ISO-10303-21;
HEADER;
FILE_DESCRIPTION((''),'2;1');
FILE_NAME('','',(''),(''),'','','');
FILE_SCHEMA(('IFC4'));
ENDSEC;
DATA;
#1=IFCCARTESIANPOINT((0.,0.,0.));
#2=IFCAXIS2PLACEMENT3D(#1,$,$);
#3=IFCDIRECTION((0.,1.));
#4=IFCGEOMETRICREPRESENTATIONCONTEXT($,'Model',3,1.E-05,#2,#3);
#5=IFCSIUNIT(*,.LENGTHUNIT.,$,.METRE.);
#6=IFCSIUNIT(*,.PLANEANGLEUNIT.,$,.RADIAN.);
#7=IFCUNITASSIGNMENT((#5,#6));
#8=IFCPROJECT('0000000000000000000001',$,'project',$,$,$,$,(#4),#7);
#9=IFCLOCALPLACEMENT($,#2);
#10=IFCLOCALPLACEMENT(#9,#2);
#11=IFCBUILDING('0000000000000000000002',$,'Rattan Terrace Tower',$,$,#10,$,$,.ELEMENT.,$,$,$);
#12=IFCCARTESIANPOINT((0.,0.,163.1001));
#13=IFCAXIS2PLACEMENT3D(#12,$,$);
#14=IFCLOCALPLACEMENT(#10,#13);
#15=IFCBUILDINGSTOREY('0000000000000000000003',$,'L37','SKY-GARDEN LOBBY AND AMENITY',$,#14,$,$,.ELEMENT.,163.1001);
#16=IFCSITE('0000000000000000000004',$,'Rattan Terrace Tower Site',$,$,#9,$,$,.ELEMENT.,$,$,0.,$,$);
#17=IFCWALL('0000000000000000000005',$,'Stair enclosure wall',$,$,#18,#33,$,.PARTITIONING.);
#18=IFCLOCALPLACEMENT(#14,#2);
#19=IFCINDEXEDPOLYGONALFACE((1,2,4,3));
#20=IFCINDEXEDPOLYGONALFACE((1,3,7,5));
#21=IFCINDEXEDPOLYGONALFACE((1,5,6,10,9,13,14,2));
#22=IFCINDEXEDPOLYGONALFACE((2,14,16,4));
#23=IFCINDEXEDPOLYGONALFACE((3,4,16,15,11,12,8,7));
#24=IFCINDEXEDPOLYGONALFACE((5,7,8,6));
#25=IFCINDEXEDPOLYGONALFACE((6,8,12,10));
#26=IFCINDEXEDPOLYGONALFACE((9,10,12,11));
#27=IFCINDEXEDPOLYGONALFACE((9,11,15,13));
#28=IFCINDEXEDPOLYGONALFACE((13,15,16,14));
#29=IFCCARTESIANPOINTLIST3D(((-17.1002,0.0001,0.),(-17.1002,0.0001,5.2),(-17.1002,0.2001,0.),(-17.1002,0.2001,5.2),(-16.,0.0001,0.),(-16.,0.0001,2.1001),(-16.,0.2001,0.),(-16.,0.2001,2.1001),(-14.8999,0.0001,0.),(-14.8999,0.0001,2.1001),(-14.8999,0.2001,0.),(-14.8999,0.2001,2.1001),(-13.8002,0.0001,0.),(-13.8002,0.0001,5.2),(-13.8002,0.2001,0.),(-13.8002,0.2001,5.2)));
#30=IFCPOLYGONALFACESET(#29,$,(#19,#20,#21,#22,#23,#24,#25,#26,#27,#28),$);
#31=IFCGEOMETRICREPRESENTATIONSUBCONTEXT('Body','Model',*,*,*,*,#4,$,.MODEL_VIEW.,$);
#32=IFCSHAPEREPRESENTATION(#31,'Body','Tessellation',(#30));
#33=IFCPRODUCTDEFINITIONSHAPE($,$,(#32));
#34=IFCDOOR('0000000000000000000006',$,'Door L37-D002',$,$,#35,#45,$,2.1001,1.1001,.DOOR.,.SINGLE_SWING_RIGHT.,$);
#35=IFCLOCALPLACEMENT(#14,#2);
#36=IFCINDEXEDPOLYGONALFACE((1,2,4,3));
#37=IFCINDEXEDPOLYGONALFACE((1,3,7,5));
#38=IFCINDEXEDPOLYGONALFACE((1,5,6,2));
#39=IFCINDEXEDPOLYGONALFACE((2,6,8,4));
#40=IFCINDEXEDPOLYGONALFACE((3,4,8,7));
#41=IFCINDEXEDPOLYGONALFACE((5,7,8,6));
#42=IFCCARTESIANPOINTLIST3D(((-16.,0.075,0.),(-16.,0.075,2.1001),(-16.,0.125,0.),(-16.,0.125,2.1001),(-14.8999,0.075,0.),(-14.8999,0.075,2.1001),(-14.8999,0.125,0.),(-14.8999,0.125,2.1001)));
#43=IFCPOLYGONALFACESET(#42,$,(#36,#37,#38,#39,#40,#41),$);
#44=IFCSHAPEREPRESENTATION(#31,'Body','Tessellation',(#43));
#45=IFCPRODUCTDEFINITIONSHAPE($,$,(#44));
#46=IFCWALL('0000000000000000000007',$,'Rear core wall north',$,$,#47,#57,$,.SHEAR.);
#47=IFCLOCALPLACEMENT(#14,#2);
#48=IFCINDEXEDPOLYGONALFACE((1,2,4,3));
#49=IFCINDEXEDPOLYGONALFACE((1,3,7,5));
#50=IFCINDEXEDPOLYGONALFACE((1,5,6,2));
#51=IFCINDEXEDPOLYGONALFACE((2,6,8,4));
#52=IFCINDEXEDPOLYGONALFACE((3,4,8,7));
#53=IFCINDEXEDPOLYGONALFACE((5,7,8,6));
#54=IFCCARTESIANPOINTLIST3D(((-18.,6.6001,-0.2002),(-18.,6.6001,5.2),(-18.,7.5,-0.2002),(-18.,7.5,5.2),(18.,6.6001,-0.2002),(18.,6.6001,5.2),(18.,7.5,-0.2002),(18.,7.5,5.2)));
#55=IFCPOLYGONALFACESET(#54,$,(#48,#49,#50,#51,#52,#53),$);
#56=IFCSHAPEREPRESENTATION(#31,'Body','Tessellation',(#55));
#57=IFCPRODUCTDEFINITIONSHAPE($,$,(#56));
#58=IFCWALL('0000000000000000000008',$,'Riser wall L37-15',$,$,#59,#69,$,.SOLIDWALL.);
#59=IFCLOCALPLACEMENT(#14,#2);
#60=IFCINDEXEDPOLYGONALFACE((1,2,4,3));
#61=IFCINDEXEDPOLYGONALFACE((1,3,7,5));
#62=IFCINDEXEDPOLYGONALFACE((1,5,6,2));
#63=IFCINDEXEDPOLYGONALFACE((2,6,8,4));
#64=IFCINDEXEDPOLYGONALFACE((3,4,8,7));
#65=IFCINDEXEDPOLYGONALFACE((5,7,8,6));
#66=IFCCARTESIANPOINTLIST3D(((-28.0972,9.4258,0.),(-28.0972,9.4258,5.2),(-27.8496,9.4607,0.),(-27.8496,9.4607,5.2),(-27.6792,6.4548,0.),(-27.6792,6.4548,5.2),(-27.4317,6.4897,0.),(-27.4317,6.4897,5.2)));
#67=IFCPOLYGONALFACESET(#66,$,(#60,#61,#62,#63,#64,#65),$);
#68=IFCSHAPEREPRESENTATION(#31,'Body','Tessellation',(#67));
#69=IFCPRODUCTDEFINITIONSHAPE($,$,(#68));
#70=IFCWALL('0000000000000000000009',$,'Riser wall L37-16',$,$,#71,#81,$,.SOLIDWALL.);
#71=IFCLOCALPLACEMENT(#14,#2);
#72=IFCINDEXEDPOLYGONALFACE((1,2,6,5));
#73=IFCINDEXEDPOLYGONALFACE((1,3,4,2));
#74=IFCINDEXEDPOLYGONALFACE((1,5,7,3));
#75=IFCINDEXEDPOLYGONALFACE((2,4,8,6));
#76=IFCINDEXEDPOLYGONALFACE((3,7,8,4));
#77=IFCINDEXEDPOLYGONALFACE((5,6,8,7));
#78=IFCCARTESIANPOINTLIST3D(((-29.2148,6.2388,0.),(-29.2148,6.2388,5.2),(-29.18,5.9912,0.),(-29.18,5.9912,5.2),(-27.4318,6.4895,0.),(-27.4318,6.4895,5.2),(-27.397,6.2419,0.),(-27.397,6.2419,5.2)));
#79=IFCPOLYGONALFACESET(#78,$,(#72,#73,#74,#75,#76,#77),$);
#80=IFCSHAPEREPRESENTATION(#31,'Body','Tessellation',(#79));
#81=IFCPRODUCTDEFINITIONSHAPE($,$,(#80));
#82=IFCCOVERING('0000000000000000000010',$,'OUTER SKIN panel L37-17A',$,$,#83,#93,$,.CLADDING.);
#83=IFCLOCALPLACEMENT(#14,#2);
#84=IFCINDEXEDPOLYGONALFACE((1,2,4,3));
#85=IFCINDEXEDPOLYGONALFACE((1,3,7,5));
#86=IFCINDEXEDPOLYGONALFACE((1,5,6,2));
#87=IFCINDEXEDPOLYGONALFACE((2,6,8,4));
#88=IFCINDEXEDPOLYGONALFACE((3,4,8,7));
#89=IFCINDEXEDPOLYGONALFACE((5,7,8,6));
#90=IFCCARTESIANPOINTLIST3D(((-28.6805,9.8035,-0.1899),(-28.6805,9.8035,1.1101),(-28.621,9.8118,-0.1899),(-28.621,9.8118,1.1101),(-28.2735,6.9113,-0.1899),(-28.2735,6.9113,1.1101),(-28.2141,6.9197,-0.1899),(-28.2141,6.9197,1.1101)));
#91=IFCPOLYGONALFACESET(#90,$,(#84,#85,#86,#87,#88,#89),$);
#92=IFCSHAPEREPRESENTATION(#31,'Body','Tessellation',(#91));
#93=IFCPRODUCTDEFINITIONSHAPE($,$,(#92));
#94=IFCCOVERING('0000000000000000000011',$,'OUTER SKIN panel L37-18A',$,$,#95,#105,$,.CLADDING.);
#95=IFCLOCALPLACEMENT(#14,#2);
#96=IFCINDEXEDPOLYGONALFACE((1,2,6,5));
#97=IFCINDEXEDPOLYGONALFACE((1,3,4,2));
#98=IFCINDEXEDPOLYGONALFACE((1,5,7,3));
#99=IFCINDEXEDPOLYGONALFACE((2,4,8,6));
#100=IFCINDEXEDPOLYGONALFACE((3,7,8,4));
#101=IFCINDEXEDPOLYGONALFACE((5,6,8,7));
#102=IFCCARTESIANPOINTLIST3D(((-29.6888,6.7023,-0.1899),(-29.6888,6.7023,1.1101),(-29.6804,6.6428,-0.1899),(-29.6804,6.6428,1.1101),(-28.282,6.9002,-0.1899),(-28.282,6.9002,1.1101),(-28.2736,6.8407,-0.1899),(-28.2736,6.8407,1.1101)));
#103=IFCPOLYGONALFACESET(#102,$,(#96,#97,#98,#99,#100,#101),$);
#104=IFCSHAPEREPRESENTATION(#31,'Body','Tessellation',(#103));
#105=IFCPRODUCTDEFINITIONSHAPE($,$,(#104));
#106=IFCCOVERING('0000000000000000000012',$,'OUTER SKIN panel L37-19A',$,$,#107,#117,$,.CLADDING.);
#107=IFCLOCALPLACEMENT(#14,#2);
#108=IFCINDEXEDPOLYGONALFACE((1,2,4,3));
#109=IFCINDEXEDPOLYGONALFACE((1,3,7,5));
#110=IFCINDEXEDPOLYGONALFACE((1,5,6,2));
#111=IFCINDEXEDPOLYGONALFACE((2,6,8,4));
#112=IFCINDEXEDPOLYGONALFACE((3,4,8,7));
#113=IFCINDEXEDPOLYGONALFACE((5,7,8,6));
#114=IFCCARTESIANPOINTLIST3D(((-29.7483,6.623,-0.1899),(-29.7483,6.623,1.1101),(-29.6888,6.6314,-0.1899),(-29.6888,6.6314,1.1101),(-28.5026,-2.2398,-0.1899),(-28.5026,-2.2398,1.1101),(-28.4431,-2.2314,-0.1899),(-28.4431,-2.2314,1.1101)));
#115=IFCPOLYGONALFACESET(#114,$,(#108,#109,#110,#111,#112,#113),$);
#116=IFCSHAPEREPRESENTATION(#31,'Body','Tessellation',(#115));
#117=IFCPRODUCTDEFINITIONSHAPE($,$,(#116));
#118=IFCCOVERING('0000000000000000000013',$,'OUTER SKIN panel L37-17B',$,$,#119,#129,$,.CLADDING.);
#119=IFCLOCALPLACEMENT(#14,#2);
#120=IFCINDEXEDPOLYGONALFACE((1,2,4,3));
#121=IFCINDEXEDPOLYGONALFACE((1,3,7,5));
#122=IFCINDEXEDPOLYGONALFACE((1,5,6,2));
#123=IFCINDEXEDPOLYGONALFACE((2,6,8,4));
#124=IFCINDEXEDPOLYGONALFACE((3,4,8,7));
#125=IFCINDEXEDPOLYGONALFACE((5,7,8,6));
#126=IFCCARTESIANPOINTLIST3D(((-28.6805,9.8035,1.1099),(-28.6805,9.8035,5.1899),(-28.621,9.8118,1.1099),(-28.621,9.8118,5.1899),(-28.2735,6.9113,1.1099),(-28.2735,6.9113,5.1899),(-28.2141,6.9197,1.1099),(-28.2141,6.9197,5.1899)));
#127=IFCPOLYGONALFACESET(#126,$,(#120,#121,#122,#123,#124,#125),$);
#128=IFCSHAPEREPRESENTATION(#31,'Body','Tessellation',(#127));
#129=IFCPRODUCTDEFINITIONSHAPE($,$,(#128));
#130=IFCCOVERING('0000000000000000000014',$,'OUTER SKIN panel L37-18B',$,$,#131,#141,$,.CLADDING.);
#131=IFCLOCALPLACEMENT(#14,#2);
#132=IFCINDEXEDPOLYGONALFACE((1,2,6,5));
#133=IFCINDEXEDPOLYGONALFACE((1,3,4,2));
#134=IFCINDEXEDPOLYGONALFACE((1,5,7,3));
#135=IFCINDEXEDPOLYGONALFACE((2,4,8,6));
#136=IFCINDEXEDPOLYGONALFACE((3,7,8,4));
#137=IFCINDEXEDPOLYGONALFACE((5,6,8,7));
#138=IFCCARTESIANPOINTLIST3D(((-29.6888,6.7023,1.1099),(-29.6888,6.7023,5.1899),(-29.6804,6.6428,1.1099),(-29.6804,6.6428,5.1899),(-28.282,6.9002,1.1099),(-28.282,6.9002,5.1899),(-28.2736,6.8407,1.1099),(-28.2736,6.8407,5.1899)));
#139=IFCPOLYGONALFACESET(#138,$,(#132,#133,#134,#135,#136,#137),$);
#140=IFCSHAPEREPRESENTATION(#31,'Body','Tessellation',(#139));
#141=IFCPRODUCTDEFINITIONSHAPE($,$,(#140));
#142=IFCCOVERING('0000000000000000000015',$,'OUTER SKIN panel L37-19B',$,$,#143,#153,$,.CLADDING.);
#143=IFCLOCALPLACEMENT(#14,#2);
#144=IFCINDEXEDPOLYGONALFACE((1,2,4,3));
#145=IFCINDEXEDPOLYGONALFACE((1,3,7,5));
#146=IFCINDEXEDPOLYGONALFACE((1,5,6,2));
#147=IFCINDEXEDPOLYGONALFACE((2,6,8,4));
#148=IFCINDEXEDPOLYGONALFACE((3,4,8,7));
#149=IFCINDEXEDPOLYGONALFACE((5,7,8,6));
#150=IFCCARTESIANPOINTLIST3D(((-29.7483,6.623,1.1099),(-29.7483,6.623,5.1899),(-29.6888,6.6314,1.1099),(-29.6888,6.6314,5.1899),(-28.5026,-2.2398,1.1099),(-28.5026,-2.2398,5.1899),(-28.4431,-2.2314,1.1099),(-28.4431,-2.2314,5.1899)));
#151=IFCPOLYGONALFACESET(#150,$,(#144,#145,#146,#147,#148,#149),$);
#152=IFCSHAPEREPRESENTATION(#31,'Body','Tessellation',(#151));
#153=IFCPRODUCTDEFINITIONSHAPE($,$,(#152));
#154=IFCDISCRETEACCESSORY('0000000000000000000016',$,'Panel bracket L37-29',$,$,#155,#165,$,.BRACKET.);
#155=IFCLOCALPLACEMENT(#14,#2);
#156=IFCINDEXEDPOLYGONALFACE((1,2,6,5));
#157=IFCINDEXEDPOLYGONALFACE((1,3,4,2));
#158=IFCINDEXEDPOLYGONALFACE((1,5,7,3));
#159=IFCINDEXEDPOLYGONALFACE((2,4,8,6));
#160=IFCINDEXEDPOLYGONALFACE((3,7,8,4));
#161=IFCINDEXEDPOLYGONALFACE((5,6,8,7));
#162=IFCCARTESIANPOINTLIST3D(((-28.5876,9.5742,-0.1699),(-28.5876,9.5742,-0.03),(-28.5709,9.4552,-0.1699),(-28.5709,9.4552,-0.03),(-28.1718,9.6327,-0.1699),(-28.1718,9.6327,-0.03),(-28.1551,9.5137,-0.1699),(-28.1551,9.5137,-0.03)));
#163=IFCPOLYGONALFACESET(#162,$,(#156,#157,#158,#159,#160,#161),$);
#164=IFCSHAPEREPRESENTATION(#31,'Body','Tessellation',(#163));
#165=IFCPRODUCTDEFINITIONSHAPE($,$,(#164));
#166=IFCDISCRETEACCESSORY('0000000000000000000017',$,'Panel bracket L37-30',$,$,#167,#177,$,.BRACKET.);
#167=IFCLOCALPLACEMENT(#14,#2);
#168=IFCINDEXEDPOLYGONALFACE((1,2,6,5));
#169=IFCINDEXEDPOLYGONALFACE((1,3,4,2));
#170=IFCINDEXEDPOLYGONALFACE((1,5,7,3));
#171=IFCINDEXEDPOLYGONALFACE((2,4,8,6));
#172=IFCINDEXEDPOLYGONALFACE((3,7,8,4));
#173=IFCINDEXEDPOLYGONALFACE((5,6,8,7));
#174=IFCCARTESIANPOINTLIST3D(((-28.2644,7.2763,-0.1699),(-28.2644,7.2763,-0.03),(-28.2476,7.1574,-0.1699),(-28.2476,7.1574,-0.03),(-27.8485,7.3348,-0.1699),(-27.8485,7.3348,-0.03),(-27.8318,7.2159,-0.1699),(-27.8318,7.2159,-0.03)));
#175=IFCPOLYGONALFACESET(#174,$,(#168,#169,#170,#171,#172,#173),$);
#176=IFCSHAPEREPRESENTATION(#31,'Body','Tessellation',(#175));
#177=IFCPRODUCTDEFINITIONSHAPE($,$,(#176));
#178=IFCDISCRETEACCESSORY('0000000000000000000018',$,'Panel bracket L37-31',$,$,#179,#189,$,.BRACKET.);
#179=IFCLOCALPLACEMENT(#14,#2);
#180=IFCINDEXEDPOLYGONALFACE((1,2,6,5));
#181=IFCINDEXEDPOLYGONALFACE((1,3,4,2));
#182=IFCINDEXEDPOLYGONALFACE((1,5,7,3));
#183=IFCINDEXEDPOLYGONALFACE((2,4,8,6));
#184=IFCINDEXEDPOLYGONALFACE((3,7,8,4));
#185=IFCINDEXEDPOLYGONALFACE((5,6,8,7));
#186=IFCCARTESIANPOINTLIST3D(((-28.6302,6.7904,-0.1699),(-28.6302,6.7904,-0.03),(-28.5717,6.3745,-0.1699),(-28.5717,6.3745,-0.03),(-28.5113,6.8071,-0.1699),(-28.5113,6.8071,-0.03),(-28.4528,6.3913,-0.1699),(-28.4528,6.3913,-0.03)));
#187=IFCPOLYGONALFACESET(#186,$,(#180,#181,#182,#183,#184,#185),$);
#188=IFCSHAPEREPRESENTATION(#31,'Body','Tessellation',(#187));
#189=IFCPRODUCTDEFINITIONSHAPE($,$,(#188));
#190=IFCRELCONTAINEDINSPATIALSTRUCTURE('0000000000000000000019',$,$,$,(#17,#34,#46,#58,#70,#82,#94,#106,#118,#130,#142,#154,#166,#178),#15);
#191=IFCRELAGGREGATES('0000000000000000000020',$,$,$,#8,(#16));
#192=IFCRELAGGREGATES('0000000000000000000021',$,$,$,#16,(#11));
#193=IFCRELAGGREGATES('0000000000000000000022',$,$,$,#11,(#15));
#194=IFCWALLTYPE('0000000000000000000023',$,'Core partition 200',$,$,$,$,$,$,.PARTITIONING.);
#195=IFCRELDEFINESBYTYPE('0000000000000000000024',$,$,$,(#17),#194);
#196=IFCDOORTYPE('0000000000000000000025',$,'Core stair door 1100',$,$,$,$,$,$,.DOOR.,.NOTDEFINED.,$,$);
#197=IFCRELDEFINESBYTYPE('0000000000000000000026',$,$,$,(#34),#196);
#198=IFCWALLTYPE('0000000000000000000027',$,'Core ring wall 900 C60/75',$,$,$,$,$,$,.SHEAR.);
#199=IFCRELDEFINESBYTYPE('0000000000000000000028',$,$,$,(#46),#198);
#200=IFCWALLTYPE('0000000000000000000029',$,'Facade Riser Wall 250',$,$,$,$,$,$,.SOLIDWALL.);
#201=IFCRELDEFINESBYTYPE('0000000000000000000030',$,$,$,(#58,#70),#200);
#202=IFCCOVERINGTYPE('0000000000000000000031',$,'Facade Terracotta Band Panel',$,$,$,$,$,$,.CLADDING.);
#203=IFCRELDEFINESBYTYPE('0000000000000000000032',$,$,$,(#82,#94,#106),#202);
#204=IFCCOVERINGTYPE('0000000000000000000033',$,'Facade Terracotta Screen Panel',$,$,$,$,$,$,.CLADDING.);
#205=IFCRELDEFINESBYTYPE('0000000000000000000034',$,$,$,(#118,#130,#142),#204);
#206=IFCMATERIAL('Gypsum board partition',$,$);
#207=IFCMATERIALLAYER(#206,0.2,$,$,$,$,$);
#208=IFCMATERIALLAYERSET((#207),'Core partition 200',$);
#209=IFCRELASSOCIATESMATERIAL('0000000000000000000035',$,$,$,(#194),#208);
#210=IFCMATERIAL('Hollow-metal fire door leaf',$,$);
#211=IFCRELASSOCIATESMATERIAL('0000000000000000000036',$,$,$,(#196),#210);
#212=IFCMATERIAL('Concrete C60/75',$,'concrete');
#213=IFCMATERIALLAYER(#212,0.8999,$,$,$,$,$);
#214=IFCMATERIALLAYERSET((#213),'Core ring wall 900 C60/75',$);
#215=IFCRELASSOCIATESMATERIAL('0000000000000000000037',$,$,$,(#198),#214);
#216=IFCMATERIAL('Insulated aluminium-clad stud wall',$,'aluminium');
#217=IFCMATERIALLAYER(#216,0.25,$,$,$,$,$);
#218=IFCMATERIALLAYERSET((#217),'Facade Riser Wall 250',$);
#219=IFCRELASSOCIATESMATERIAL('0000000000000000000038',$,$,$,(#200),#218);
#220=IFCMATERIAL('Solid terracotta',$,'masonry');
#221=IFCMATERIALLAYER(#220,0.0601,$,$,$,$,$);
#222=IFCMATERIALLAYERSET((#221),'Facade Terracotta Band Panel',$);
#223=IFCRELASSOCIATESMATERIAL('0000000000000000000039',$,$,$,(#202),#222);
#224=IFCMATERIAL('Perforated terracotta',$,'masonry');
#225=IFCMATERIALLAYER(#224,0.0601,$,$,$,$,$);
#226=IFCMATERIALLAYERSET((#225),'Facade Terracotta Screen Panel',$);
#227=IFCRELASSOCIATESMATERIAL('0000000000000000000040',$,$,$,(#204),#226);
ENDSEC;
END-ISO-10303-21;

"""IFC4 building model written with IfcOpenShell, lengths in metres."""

from ifc_helpers import new_model, si_unit, direction, frame, frame_2d, origin, origin_2d, place, context, subcontext, project, spatial, rectangle, extrude, material, layer, layer_set, type_object, element, fill, save


model = new_model("IFC4")

# Units and contexts
model_context = context("Model", 3, precision=1e-05, world=origin(), true_north=direction((0.0, 1.0)))
body_context = subcontext(model_context, "Body", "Model", "MODEL_VIEW")
ifc_project = project(units=[si_unit("LENGTHUNIT", "METRE"), si_unit("PLANEANGLEUNIT", "RADIAN")], contexts=[model_context])

# Site, building, storey
site_placement = place(None, origin())
site = spatial("IfcSite", under=ifc_project, at=site_placement, Name="Rattan Terrace Tower Site", CompositionType="ELEMENT", RefElevation=0.0)
building_placement = place(site_placement, origin())
building = spatial("IfcBuilding", under=site, at=building_placement, Name="Rattan Terrace Tower", CompositionType="ELEMENT")
storey_placement = place(building_placement, frame((0.0, 0.0, 163.1001)))
storey = spatial("IfcBuildingStorey", under=building, at=storey_placement, Name="L37", Description="SKY-GARDEN LOBBY AND AMENITY", CompositionType="ELEMENT", Elevation=163.1001)

# Wall, opening, door
ifc_material_1 = material(Name="Gypsum board partition")
ifc_layer_1 = layer(ifc_material_1, 0.2)
ifc_layer_set_1 = layer_set([ifc_layer_1], Name="Core partition 200")
wall_type_1 = type_object("IfcWallType", Name="Core partition 200", PredefinedType="PARTITIONING", material=ifc_layer_set_1)
wall_1_placement = place(storey_placement, frame((-17.1001, 0.1001, 0.0), z_axis=(0.0, 0.0, 1.0), x_axis=(1.0, 0.0, 0.0)))
wall_1 = element("IfcWall", 1, at=wall_1_placement, inside=storey, type_object=wall_type_1, Name="Stair enclosure wall", PredefinedType="PARTITIONING", context=body_context, shape_type="SweptSolid", body=[
    extrude(rectangle(XDim=3.3, YDim=0.2, at=frame_2d((1.6499, 0.0))), origin(), (0.0, 0.0, 1.0), 5.2),
])
opening_placement = place(wall_1_placement, frame((1.1001, 0.0, 0.0)))
opening = element("IfcOpeningElement", 2, at=opening_placement, cuts=wall_1, PredefinedType="OPENING", context=body_context, shape_type="SweptSolid", body=[
    extrude(rectangle(XDim=1.1001, YDim=2.1001, at=frame_2d((0.55, 1.05))), frame((0.0, 0.1106, 0.0), z_axis=(0.0, -1.0, 0.0), x_axis=(1.0, 0.0, 0.0)), (0.0, 0.0, 1.0), 0.2209),
])
ifc_material_2 = material(Name="Hollow-metal fire door leaf")
door_type = type_object("IfcDoorType", Name="Core stair door 1100", OperationType="NOTDEFINED", PredefinedType="DOOR", material=ifc_material_2)
door_placement = place(opening_placement, origin())
door = element("IfcDoor", 3, at=door_placement, inside=storey, type_object=door_type, Name="Door L37-D002", OperationType="SINGLE_SWING_RIGHT", OverallHeight=2.1001, OverallWidth=1.1001, PredefinedType="DOOR", context=body_context, shape_type="SweptSolid", body=[
    extrude(rectangle(XDim=1.1001, YDim=2.1001, at=frame_2d((0.55, 1.05))), frame((0.0, 0.0249, 0.0), z_axis=(0.0, -1.0, 0.0), x_axis=(1.0, 0.0, 0.0)), (0.0, 0.0, 1.0), 0.05),
])
fill(opening, door)

# Walls
ifc_material_3 = material(Name="Concrete C60/75", Category="concrete")
ifc_layer_2 = layer(ifc_material_3, 0.8999)
ifc_layer_set_2 = layer_set([ifc_layer_2], Name="Core ring wall 900 C60/75")
wall_type_2 = type_object("IfcWallType", Name="Core ring wall 900 C60/75", PredefinedType="SHEAR", material=ifc_layer_set_2)
wall_2_placement = place(storey_placement, frame((-18.0, 7.05, -0.2002), z_axis=(0.0, 0.0, 1.0), x_axis=(1.0, 0.0, 0.0)))
element("IfcWall", 4, at=wall_2_placement, inside=storey, type_object=wall_type_2, Name="Rear core wall north", PredefinedType="SHEAR", context=body_context, shape_type="SweptSolid", body=[
    extrude(rectangle(XDim=36.0, YDim=0.8999, at=frame_2d((18.0, 0.0))), origin(), (0.0, 0.0, 1.0), 5.4001),
])
ifc_material_4 = material(Name="Insulated aluminium-clad stud wall", Category="aluminium")
ifc_layer_3 = layer(ifc_material_4, 0.25)
ifc_layer_set_3 = layer_set([ifc_layer_3], Name="Facade Riser Wall 250")
wall_type_3 = type_object("IfcWallType", Name="Facade Riser Wall 250", PredefinedType="SOLIDWALL", material=ifc_layer_set_3)
wall_3_placement = place(storey_placement, frame((-27.9734, 9.4431, 0.0), z_axis=(0.0, 0.0, 1.0), x_axis=(0.139313, -0.990248, 0.0)))
element("IfcWall", 5, at=wall_3_placement, inside=storey, type_object=wall_type_3, Name="Riser wall L37-15", PredefinedType="SOLIDWALL", context=body_context, shape_type="SweptSolid", body=[
    extrude(rectangle(XDim=3.0002, YDim=0.25, at=frame_2d((1.5, 0.0))), origin(), (0.0, 0.0, 1.0), 5.2),
])
wall_4_placement = place(storey_placement, frame((-27.4143, 6.3657, 0.0), z_axis=(0.0, 0.0, 1.0), x_axis=(-0.990256, -0.139257, 0.0)))
element("IfcWall", 6, at=wall_4_placement, inside=storey, type_object=wall_type_3, Name="Riser wall L37-16", PredefinedType="SOLIDWALL", context=body_context, shape_type="SweptSolid", body=[
    extrude(rectangle(XDim=1.8005, YDim=0.25, at=frame_2d((0.9004, 0.0))), origin(), (0.0, 0.0, 1.0), 5.2),
])

# Coverings
ifc_material_5 = material(Name="Solid terracotta", Category="masonry")
ifc_layer_4 = layer(ifc_material_5, 0.0601)
ifc_layer_set_4 = layer_set([ifc_layer_4], Name="Facade Terracotta Band Panel")
covering_type_1 = type_object("IfcCoveringType", Name="Facade Terracotta Band Panel", PredefinedType="CLADDING", material=ifc_layer_set_4)
covering_1_placement = place(storey_placement, frame((-28.4473, 8.3616, -0.1899), z_axis=(0.0, 0.0, 1.0), x_axis=(0.139321, -0.990247, 0.0)))
element("IfcCovering", 7, at=covering_1_placement, inside=storey, type_object=covering_type_1, Name="OUTER SKIN panel L37-17A", PredefinedType="CLADDING", context=body_context, shape_type="SweptSolid", body=[
    extrude(rectangle(XDim=2.9207, YDim=0.0601, at=origin_2d()), origin(), (0.0, 0.0, 1.0), 1.3),
])
covering_2_placement = place(storey_placement, frame((-28.9812, 6.7715, -0.1899), z_axis=(0.0, 0.0, 1.0), x_axis=(-0.990254, -0.139275, 0.0)))
element("IfcCovering", 8, at=covering_2_placement, inside=storey, type_object=covering_type_1, Name="OUTER SKIN panel L37-18A", PredefinedType="CLADDING", context=body_context, shape_type="SweptSolid", body=[
    extrude(rectangle(XDim=1.4207, YDim=0.0601, at=origin_2d()), origin(), (0.0, 0.0, 1.0), 1.3),
])
covering_3_placement = place(storey_placement, frame((-29.0957, 2.1958, -0.1899), z_axis=(0.0, 0.0, 1.0), x_axis=(0.139191, -0.990266, 0.0)))
element("IfcCovering", 9, at=covering_3_placement, inside=storey, type_object=covering_type_1, Name="OUTER SKIN panel L37-19A", PredefinedType="CLADDING", context=body_context, shape_type="SweptSolid", body=[
    extrude(rectangle(XDim=8.95, YDim=0.0601, at=origin_2d()), origin(), (0.0, 0.0, 1.0), 1.3),
])
ifc_material_6 = material(Name="Perforated terracotta", Category="masonry")
ifc_layer_5 = layer(ifc_material_6, 0.0601)
ifc_layer_set_5 = layer_set([ifc_layer_5], Name="Facade Terracotta Screen Panel")
covering_type_2 = type_object("IfcCoveringType", Name="Facade Terracotta Screen Panel", PredefinedType="CLADDING", material=ifc_layer_set_5)
covering_4_placement = place(storey_placement, frame((-28.4473, 8.3616, 1.1099), z_axis=(0.0, 0.0, 1.0), x_axis=(0.139321, -0.990247, 0.0)))
element("IfcCovering", 10, at=covering_4_placement, inside=storey, type_object=covering_type_2, Name="OUTER SKIN panel L37-17B", PredefinedType="CLADDING", context=body_context, shape_type="SweptSolid", body=[
    extrude(rectangle(XDim=2.9207, YDim=0.0601, at=origin_2d()), origin(), (0.0, 0.0, 1.0), 4.0801),
])
covering_5_placement = place(storey_placement, frame((-28.9812, 6.7715, 1.1099), z_axis=(0.0, 0.0, 1.0), x_axis=(-0.990254, -0.139275, 0.0)))
element("IfcCovering", 11, at=covering_5_placement, inside=storey, type_object=covering_type_2, Name="OUTER SKIN panel L37-18B", PredefinedType="CLADDING", context=body_context, shape_type="SweptSolid", body=[
    extrude(rectangle(XDim=1.4207, YDim=0.0601, at=origin_2d()), origin(), (0.0, 0.0, 1.0), 4.0801),
])
covering_6_placement = place(storey_placement, frame((-29.0957, 2.1958, 1.1099), z_axis=(0.0, 0.0, 1.0), x_axis=(0.139191, -0.990266, 0.0)))
element("IfcCovering", 12, at=covering_6_placement, inside=storey, type_object=covering_type_2, Name="OUTER SKIN panel L37-19B", PredefinedType="CLADDING", context=body_context, shape_type="SweptSolid", body=[
    extrude(rectangle(XDim=8.95, YDim=0.0601, at=origin_2d()), origin(), (0.0, 0.0, 1.0), 4.0801),
])

# Discrete accessories
for number, where, z_axis, x_axis, name in (
    (13, (-28.3713, 9.5439, -0.1699), (0.0, 0.0, 1.0), (0.139321, -0.990247, 0.0), "Panel bracket L37-29"),
    (14, (-28.0481, 7.2461, -0.1699), (0.0, 0.0, 1.0), (0.139321, -0.990247, 0.0), "Panel bracket L37-30"),
    (15, (-28.5415, 6.5908, -0.1699), (0.0, 0.0, 1.0), (-0.990254, -0.139275, 0.0), "Panel bracket L37-31"),
):
    element("IfcDiscreteAccessory", number, at=place(storey_placement, frame(where, z_axis=z_axis, x_axis=x_axis)), inside=storey, Name=name, PredefinedType="BRACKET", context=body_context, shape_type="SweptSolid", body=[
        extrude(rectangle(XDim=0.1201, YDim=0.4199, at=origin_2d()), origin(), (0.0, 0.0, 1.0), 0.1399),
    ])

save(model, "model.ifc")
